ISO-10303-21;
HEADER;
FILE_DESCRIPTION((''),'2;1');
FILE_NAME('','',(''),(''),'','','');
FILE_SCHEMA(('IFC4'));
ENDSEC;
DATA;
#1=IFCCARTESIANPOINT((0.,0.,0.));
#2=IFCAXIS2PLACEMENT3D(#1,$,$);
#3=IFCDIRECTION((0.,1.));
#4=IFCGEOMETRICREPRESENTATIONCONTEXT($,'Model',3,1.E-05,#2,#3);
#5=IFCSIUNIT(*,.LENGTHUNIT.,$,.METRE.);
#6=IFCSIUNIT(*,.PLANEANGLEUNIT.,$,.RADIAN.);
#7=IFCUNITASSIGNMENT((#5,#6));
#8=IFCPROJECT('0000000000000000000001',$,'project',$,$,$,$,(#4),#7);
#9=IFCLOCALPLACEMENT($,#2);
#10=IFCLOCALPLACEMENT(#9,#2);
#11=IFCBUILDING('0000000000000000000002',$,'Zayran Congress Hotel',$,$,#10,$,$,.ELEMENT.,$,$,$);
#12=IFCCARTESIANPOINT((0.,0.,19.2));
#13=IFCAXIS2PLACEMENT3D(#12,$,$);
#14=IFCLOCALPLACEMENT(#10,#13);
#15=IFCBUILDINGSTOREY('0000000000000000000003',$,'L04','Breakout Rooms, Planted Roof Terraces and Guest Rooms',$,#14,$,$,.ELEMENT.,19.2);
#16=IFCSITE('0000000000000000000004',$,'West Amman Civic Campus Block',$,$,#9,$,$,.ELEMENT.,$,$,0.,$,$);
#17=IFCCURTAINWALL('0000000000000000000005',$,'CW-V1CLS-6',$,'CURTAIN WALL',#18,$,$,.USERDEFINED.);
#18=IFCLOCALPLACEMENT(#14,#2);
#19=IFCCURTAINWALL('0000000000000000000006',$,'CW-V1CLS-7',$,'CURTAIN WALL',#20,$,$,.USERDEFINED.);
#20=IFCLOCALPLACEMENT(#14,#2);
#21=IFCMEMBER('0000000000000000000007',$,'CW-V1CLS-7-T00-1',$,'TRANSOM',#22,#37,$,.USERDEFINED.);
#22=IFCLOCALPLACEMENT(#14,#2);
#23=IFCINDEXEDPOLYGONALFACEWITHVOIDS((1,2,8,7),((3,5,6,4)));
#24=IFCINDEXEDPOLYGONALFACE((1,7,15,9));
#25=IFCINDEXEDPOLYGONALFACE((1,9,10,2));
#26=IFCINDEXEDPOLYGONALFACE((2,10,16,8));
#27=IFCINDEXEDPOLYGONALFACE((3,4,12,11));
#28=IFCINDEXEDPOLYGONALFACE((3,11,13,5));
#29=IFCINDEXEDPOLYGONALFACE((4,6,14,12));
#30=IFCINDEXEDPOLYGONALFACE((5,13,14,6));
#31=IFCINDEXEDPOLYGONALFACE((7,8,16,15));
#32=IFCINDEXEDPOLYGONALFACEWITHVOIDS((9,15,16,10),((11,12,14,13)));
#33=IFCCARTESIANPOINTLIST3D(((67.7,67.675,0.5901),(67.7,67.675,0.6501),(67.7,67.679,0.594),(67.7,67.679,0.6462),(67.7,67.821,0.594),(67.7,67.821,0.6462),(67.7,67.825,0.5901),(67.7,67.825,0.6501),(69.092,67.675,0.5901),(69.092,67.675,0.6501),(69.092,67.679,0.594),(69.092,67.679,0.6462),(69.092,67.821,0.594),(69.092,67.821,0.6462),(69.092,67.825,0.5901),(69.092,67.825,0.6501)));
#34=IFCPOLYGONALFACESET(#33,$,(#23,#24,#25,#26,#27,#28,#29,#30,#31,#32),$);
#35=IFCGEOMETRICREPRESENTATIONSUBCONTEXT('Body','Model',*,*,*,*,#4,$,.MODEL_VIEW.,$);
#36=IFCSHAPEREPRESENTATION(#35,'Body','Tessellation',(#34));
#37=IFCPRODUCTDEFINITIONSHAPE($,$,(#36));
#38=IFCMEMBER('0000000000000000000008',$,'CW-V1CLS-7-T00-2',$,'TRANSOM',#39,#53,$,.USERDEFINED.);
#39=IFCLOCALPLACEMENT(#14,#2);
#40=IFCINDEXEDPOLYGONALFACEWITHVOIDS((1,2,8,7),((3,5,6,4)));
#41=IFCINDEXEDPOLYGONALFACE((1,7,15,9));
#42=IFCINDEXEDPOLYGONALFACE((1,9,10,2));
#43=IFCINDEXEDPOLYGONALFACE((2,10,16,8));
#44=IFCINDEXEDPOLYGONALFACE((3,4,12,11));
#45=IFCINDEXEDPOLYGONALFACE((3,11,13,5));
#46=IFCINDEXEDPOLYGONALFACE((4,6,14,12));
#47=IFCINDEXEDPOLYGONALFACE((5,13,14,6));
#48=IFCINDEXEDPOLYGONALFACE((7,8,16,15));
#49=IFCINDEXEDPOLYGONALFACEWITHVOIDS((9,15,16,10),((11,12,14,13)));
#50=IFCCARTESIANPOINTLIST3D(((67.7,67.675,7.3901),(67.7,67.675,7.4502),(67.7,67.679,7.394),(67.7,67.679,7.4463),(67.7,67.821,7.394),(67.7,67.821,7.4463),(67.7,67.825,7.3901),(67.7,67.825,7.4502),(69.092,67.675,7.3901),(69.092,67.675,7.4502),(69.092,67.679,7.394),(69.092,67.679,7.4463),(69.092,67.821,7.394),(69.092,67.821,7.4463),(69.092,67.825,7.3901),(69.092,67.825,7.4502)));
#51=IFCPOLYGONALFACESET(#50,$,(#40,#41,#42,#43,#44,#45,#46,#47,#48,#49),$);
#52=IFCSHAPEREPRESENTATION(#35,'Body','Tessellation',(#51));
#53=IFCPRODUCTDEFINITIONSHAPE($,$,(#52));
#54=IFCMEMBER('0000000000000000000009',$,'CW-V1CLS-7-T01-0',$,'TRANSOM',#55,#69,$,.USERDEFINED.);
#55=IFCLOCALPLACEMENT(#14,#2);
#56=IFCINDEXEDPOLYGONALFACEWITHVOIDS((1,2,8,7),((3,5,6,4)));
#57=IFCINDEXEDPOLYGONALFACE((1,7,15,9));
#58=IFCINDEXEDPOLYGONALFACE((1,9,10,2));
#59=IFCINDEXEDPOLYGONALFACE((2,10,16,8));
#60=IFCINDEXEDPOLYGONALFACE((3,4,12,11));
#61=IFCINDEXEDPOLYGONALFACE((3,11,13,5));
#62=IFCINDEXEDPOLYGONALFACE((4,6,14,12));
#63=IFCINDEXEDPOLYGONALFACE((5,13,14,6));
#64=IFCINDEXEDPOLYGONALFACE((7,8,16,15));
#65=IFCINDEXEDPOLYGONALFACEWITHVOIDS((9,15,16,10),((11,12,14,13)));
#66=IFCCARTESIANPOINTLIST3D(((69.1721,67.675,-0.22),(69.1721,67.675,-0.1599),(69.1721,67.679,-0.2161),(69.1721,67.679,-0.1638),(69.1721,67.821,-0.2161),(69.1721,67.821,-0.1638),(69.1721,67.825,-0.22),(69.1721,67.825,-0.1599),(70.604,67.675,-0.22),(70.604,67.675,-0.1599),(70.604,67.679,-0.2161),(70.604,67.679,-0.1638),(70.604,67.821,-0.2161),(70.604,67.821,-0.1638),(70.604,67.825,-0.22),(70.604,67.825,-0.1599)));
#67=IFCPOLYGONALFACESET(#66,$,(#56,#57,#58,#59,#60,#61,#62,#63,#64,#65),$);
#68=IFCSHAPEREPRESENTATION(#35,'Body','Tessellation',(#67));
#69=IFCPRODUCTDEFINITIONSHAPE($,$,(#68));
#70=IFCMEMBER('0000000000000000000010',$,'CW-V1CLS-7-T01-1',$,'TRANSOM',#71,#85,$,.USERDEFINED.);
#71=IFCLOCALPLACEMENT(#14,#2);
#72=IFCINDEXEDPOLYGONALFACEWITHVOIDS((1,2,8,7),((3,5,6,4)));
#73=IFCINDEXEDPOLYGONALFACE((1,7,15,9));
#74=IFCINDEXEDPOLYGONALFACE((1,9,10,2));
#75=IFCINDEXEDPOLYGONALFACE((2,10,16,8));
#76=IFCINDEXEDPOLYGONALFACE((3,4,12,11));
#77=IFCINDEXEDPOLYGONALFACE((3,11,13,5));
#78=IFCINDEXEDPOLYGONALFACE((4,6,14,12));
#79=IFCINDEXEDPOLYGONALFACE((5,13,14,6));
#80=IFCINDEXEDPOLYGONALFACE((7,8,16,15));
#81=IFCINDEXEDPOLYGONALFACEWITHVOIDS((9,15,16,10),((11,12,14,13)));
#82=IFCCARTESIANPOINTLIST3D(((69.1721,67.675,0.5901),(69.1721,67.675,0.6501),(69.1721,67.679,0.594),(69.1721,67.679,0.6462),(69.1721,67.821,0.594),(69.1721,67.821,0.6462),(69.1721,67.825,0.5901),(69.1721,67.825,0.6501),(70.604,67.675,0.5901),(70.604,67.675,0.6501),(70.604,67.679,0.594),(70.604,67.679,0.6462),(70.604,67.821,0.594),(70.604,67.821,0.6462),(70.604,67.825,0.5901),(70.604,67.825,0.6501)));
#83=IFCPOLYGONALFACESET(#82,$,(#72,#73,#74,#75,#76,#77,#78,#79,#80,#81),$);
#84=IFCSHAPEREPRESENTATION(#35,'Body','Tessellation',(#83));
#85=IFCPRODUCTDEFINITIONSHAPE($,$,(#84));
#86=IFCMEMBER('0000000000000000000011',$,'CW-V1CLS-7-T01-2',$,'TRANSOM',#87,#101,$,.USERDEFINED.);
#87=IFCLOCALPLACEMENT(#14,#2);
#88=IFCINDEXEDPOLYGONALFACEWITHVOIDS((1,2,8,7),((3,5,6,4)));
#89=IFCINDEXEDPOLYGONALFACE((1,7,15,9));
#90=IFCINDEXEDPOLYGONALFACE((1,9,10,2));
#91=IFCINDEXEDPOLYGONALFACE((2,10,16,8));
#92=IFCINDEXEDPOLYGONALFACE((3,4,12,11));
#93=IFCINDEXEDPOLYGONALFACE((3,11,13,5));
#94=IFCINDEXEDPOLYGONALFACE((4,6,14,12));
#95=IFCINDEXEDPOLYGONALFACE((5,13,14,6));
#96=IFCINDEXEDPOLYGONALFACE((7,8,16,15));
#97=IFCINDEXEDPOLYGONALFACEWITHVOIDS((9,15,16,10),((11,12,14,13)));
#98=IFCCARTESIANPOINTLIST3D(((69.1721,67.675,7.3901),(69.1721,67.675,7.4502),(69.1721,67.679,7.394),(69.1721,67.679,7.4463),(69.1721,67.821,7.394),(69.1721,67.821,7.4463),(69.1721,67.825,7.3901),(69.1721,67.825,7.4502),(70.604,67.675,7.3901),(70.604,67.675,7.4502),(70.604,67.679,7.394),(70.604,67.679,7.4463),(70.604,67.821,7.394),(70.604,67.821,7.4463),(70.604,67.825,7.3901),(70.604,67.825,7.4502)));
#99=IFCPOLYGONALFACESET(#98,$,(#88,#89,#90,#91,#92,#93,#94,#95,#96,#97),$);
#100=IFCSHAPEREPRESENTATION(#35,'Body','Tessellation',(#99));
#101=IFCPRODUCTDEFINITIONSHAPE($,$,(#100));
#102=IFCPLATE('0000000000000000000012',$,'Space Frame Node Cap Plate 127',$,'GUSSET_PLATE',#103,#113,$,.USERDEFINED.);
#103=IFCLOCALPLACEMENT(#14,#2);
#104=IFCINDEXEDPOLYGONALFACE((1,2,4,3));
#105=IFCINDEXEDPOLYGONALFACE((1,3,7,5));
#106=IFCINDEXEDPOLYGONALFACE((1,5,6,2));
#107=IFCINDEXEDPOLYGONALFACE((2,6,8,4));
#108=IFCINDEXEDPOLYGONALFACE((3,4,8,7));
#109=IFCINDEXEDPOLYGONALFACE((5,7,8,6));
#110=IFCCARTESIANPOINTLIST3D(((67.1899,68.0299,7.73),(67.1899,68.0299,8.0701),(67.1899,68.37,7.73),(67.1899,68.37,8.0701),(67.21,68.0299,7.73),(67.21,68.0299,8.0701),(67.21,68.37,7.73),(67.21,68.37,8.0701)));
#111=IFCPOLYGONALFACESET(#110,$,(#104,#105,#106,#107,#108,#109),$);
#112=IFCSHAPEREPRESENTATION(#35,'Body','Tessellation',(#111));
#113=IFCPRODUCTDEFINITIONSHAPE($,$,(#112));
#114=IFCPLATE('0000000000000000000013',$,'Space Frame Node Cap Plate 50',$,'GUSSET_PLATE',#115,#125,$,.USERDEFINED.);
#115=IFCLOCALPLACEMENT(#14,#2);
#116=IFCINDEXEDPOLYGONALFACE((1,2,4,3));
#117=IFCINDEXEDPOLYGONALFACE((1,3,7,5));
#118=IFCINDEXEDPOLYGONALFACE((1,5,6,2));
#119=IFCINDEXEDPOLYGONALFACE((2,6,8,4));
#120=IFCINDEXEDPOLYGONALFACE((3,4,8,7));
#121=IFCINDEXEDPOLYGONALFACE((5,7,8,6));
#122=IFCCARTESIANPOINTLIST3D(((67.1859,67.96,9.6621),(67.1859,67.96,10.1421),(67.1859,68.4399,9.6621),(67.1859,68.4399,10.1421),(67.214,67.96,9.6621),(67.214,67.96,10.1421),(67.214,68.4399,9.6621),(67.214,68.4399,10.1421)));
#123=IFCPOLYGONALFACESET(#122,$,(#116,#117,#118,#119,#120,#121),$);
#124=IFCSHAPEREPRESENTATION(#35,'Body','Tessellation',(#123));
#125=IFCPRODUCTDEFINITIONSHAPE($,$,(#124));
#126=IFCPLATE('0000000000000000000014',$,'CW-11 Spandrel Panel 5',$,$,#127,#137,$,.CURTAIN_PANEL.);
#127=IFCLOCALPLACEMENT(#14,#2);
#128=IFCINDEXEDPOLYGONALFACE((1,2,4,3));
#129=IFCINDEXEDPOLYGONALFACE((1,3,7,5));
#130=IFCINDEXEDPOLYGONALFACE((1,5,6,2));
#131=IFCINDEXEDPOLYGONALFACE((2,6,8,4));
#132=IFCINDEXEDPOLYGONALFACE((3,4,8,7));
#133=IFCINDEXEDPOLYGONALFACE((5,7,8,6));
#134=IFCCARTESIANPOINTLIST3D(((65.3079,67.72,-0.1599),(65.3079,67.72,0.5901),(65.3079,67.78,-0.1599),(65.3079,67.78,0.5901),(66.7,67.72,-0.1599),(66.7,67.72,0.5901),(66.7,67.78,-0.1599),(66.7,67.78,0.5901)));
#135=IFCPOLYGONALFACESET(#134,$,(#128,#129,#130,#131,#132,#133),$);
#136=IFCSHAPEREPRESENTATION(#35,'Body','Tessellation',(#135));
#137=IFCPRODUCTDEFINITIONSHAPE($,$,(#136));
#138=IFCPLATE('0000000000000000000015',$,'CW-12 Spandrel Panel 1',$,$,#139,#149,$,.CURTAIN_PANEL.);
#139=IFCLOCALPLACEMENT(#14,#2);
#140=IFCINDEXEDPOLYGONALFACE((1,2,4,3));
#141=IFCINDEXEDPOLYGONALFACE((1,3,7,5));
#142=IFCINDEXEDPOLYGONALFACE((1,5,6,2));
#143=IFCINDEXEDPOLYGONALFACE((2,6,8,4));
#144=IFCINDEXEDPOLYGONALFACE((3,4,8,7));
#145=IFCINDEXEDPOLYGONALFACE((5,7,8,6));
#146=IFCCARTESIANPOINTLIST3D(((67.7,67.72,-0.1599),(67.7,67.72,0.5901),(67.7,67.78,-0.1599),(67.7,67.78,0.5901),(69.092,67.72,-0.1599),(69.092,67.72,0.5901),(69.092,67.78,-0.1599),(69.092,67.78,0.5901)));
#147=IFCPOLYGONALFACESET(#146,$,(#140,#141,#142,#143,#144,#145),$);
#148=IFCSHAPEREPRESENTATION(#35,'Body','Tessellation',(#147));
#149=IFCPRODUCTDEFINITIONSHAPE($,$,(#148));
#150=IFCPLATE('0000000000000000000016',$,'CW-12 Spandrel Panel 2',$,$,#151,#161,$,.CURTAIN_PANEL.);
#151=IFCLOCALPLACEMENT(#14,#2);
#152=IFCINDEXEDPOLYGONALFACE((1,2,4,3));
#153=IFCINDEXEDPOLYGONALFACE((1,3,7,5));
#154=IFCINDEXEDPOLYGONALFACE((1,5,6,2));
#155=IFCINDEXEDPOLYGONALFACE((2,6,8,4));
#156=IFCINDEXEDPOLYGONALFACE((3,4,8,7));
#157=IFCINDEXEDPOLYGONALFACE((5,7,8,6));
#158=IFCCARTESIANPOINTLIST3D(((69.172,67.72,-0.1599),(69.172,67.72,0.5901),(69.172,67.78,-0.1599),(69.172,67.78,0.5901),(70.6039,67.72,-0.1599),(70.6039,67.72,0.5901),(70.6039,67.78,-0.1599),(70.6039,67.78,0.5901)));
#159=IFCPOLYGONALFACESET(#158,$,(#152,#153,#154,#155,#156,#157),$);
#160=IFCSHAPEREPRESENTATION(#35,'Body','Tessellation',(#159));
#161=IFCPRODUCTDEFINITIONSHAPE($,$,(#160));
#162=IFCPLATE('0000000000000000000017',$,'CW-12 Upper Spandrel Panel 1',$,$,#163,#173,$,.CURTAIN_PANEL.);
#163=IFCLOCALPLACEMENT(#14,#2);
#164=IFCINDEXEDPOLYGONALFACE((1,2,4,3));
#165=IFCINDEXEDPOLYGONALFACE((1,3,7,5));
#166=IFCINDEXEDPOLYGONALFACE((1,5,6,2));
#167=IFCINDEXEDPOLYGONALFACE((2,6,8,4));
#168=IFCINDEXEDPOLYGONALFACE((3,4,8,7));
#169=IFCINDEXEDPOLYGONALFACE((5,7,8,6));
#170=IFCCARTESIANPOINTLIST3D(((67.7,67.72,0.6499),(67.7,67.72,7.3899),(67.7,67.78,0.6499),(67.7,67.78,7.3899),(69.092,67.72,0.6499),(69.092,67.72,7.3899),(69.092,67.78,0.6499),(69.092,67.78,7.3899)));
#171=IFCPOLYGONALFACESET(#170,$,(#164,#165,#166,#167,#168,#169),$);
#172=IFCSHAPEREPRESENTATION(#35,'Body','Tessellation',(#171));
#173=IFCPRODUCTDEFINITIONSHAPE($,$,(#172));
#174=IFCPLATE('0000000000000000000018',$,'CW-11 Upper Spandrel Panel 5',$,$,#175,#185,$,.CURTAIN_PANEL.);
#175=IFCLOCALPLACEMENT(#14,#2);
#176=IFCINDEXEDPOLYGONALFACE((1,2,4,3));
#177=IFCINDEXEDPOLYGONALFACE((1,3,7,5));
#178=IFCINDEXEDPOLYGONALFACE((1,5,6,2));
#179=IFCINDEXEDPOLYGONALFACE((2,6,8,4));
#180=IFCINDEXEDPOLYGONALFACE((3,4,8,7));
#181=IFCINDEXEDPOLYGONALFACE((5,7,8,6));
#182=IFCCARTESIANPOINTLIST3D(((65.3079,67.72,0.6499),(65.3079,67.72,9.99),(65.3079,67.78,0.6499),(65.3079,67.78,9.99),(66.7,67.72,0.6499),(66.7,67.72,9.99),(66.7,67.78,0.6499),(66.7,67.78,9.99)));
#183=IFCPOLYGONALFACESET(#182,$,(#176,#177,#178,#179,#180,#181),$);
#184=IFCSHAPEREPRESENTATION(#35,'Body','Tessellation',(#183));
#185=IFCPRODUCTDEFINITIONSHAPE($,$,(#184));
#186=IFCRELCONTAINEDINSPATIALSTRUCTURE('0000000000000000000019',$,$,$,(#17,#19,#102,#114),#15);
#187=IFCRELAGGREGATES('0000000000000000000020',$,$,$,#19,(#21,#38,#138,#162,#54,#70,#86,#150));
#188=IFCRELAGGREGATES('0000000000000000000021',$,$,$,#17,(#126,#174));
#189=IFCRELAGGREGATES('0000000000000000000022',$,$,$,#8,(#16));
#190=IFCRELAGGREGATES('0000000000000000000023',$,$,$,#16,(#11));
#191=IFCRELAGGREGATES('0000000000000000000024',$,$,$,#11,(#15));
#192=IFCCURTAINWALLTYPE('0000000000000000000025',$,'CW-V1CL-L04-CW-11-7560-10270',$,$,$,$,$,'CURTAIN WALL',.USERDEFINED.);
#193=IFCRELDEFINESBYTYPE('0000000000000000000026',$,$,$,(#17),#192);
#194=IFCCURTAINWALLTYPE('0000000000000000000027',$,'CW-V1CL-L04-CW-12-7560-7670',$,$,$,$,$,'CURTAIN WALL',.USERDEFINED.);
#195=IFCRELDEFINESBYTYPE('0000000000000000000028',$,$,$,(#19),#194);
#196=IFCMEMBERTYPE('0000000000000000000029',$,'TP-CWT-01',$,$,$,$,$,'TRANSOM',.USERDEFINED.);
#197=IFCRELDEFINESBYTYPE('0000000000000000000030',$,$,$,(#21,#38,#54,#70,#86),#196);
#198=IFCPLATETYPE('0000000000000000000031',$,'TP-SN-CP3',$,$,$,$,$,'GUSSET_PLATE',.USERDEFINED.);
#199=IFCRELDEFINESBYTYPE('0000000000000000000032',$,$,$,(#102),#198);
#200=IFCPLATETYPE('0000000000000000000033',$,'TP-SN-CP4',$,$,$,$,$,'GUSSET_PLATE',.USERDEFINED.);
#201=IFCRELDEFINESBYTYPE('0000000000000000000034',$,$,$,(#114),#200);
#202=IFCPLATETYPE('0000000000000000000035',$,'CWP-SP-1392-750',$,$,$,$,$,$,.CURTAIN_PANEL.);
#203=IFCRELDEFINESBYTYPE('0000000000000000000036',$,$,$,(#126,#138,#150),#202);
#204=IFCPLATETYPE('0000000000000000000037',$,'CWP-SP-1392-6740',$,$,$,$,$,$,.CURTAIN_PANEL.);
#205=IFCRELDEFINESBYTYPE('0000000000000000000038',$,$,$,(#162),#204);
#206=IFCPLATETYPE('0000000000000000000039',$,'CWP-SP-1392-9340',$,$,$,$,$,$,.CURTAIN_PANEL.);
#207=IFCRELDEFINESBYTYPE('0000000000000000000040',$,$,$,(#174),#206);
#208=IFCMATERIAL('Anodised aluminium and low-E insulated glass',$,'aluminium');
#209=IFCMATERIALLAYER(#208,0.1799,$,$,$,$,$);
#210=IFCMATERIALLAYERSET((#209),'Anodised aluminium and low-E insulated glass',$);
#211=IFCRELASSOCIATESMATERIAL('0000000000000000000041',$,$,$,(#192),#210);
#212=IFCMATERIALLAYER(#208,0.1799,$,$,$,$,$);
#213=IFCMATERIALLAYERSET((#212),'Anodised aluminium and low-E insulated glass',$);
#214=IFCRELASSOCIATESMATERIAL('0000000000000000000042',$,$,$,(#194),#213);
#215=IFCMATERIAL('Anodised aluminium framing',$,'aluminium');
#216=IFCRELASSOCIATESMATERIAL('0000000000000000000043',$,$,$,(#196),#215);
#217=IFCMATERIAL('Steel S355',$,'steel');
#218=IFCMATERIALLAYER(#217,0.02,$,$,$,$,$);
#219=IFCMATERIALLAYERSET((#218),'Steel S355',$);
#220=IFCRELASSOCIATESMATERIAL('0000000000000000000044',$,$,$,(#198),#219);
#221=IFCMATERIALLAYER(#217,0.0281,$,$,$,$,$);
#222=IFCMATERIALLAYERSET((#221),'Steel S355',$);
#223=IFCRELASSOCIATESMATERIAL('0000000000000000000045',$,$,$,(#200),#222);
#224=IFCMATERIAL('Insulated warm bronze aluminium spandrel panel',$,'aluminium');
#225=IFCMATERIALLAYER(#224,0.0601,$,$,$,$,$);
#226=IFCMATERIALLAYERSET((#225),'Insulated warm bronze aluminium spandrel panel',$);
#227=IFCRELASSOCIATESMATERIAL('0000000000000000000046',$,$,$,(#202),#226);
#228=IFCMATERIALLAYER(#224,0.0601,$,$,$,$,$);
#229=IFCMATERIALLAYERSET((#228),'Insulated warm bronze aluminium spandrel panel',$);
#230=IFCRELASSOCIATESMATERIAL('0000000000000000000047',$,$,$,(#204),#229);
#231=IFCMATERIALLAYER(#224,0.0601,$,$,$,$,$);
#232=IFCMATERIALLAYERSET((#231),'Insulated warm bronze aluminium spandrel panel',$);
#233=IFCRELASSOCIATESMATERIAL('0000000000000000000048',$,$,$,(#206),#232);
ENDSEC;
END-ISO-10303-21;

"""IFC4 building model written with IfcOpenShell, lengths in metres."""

from ifc_helpers import new_model, si_unit, direction, frame, origin, origin_2d, place, context, subcontext, project, spatial, rectangle, hollow_rectangle, extrude, material, layer, layer_set, material_profile, profile_set, type_object, element, aggregate, save


model = new_model("IFC4")

# Units and contexts
model_context = context("Model", 3, precision=1e-05, world=origin(), true_north=direction((0.0, 1.0)))
body_context = subcontext(model_context, "Body", "Model", "MODEL_VIEW")
ifc_project = project(units=[si_unit("LENGTHUNIT", "METRE"), si_unit("PLANEANGLEUNIT", "RADIAN")], contexts=[model_context])

# Site, building, storey
site_placement = place(None, origin())
site = spatial("IfcSite", under=ifc_project, at=site_placement, Name="West Amman Civic Campus Block", CompositionType="ELEMENT", RefElevation=0.0)
building_placement = place(site_placement, origin())
building = spatial("IfcBuilding", under=site, at=building_placement, Name="Zayran Congress Hotel", CompositionType="ELEMENT")
storey_placement = place(building_placement, frame((0.0, 0.0, 19.2)))
storey = spatial("IfcBuildingStorey", under=building, at=storey_placement, Name="L04", Description="Breakout Rooms, Planted Roof Terraces and Guest Rooms", CompositionType="ELEMENT", Elevation=19.2)

# Shared definitions
ifc_material_1 = material(Name="Steel S355", Category="steel")

# Curtain walls
ifc_material_2 = material(Name="Anodised aluminium and low-E insulated glass", Category="aluminium")
ifc_layer_1 = layer(ifc_material_2, 0.1799)
ifc_layer_set_1 = layer_set([ifc_layer_1], Name="Anodised aluminium and low-E insulated glass")
curtain_wall_type_1 = type_object("IfcCurtainWallType", Name="CW-V1CL-L04-CW-11-7560-10270", ElementType="CURTAIN WALL", PredefinedType="USERDEFINED", material=ifc_layer_set_1)
curtain_wall_1_placement = place(storey_placement, origin())
curtain_wall_1 = element("IfcCurtainWall", 1, at=curtain_wall_1_placement, inside=storey, type_object=curtain_wall_type_1, Name="CW-V1CLS-6", ObjectType="CURTAIN WALL", PredefinedType="USERDEFINED")
ifc_material_3 = material(Name="Anodised aluminium framing", Category="aluminium")
ifc_layer_2 = layer(ifc_material_2, 0.1799)
ifc_layer_set_2 = layer_set([ifc_layer_2], Name="Anodised aluminium and low-E insulated glass")
curtain_wall_type_2 = type_object("IfcCurtainWallType", Name="CW-V1CL-L04-CW-12-7560-7670", ElementType="CURTAIN WALL", PredefinedType="USERDEFINED", material=ifc_layer_set_2)
curtain_wall_2_placement = place(storey_placement, origin())
curtain_wall_2 = element("IfcCurtainWall", 2, at=curtain_wall_2_placement, inside=storey, type_object=curtain_wall_type_2, Name="CW-V1CLS-7", ObjectType="CURTAIN WALL", PredefinedType="USERDEFINED")

# Members
ifc_material_profile_1 = material_profile(ifc_material_3, hollow_rectangle(XDim=0.0601, YDim=0.1499, WallThickness=0.0039, at=origin_2d()), Name="RHS 150x60x4")
ifc_profile_set_1 = profile_set([ifc_material_profile_1], Name="Anodised aluminium framing")
member_type_1 = type_object("IfcMemberType", Name="TP-CWT-01", ElementType="TRANSOM", PredefinedType="USERDEFINED", material=ifc_profile_set_1)
member_1_placement = place(storey_placement, frame((67.7, 67.75, 0.6201), z_axis=(1.0, 0.0, 0.0), x_axis=(0.0, 0.0, 1.0)))
member_1 = element("IfcMember", 3, at=member_1_placement, type_object=member_type_1, Name="CW-V1CLS-7-T00-1", ObjectType="TRANSOM", PredefinedType="USERDEFINED", context=body_context, shape_type="SweptSolid", body=[
    extrude(hollow_rectangle(XDim=0.0601, YDim=0.1499, WallThickness=0.0039, at=origin_2d()), origin(), (0.0, 0.0, 1.0), 1.3921),
])
member_2_placement = place(storey_placement, frame((67.7, 67.75, 7.4202), z_axis=(1.0, 0.0, 0.0), x_axis=(0.0, 0.0, 1.0)))
member_2 = element("IfcMember", 4, at=member_2_placement, type_object=member_type_1, Name="CW-V1CLS-7-T00-2", ObjectType="TRANSOM", PredefinedType="USERDEFINED", context=body_context, shape_type="SweptSolid", body=[
    extrude(hollow_rectangle(XDim=0.0601, YDim=0.1499, WallThickness=0.0039, at=origin_2d()), origin(), (0.0, 0.0, 1.0), 1.3921),
])
member_3_placement = place(storey_placement, frame((69.1721, 67.75, -0.1899), z_axis=(1.0, 0.0, 0.0), x_axis=(0.0, 0.0, 1.0)))
member_3 = element("IfcMember", 5, at=member_3_placement, type_object=member_type_1, Name="CW-V1CLS-7-T01-0", ObjectType="TRANSOM", PredefinedType="USERDEFINED", context=body_context, shape_type="SweptSolid", body=[
    extrude(hollow_rectangle(XDim=0.0601, YDim=0.1499, WallThickness=0.0039, at=origin_2d()), origin(), (0.0, 0.0, 1.0), 1.4319),
])
member_4_placement = place(storey_placement, frame((69.1721, 67.75, 0.6201), z_axis=(1.0, 0.0, 0.0), x_axis=(0.0, 0.0, 1.0)))
member_4 = element("IfcMember", 6, at=member_4_placement, type_object=member_type_1, Name="CW-V1CLS-7-T01-1", ObjectType="TRANSOM", PredefinedType="USERDEFINED", context=body_context, shape_type="SweptSolid", body=[
    extrude(hollow_rectangle(XDim=0.0601, YDim=0.1499, WallThickness=0.0039, at=origin_2d()), origin(), (0.0, 0.0, 1.0), 1.4319),
])
member_5_placement = place(storey_placement, frame((69.1721, 67.75, 7.4202), z_axis=(1.0, 0.0, 0.0), x_axis=(0.0, 0.0, 1.0)))
member_5 = element("IfcMember", 7, at=member_5_placement, type_object=member_type_1, Name="CW-V1CLS-7-T01-2", ObjectType="TRANSOM", PredefinedType="USERDEFINED", context=body_context, shape_type="SweptSolid", body=[
    extrude(hollow_rectangle(XDim=0.0601, YDim=0.1499, WallThickness=0.0039, at=origin_2d()), origin(), (0.0, 0.0, 1.0), 1.4319),
])

# Plates
ifc_layer_3 = layer(ifc_material_1, 0.02)
ifc_layer_set_3 = layer_set([ifc_layer_3], Name="Steel S355")
plate_type_1 = type_object("IfcPlateType", Name="TP-SN-CP3", ElementType="GUSSET_PLATE", PredefinedType="USERDEFINED", material=ifc_layer_set_3)
plate_1_placement = place(storey_placement, frame((67.2, 68.2, 7.73), z_axis=(0.0, 0.0, 1.0), x_axis=(0.0, 1.0, 0.0)))
element("IfcPlate", 8, at=plate_1_placement, inside=storey, type_object=plate_type_1, Name="Space Frame Node Cap Plate 127", ObjectType="GUSSET_PLATE", PredefinedType="USERDEFINED", context=body_context, shape_type="SweptSolid", body=[
    extrude(rectangle(XDim=0.3401, YDim=0.02, at=origin_2d()), origin(), (0.0, 0.0, 1.0), 0.3401),
])
ifc_layer_4 = layer(ifc_material_1, 0.0281)
ifc_layer_set_4 = layer_set([ifc_layer_4], Name="Steel S355")
plate_type_2 = type_object("IfcPlateType", Name="TP-SN-CP4", ElementType="GUSSET_PLATE", PredefinedType="USERDEFINED", material=ifc_layer_set_4)
plate_2_placement = place(storey_placement, frame((67.2, 68.2, 9.6621), z_axis=(0.0, 0.0, 1.0), x_axis=(0.0, 1.0, 0.0)))
element("IfcPlate", 9, at=plate_2_placement, inside=storey, type_object=plate_type_2, Name="Space Frame Node Cap Plate 50", ObjectType="GUSSET_PLATE", PredefinedType="USERDEFINED", context=body_context, shape_type="SweptSolid", body=[
    extrude(rectangle(XDim=0.48, YDim=0.0281, at=origin_2d()), origin(), (0.0, 0.0, 1.0), 0.48),
])

# Plates
ifc_material_4 = material(Name="Insulated warm bronze aluminium spandrel panel", Category="aluminium")
ifc_layer_5 = layer(ifc_material_4, 0.0601)
ifc_layer_set_5 = layer_set([ifc_layer_5], Name="Insulated warm bronze aluminium spandrel panel")
plate_type_3 = type_object("IfcPlateType", Name="CWP-SP-1392-750", PredefinedType="CURTAIN_PANEL", material=ifc_layer_set_5)
plate_3_placement = place(storey_placement, frame((66.0039, 67.75, -0.1599), z_axis=(0.0, 0.0, 1.0), x_axis=(1.0, 0.0, 0.0)))
plate_3 = element("IfcPlate", 10, at=plate_3_placement, type_object=plate_type_3, Name="CW-11 Spandrel Panel 5", PredefinedType="CURTAIN_PANEL", context=body_context, shape_type="SweptSolid", body=[
    extrude(rectangle(XDim=1.3921, YDim=0.0601, at=origin_2d()), origin(), (0.0, 0.0, 1.0), 0.75),
])
plate_4_placement = place(storey_placement, frame((68.396, 67.75, -0.1599), z_axis=(0.0, 0.0, 1.0), x_axis=(1.0, 0.0, 0.0)))
plate_4 = element("IfcPlate", 11, at=plate_4_placement, type_object=plate_type_3, Name="CW-12 Spandrel Panel 1", PredefinedType="CURTAIN_PANEL", context=body_context, shape_type="SweptSolid", body=[
    extrude(rectangle(XDim=1.3921, YDim=0.0601, at=origin_2d()), origin(), (0.0, 0.0, 1.0), 0.75),
])
plate_5_placement = place(storey_placement, frame((69.8879, 67.75, -0.1599), z_axis=(0.0, 0.0, 1.0), x_axis=(1.0, 0.0, 0.0)))
plate_5 = element("IfcPlate", 12, at=plate_5_placement, type_object=plate_type_3, Name="CW-12 Spandrel Panel 2", PredefinedType="CURTAIN_PANEL", context=body_context, shape_type="SweptSolid", body=[
    extrude(rectangle(XDim=1.4319, YDim=0.0601, at=origin_2d()), origin(), (0.0, 0.0, 1.0), 0.75),
])
ifc_layer_6 = layer(ifc_material_4, 0.0601)
ifc_layer_set_6 = layer_set([ifc_layer_6], Name="Insulated warm bronze aluminium spandrel panel")
plate_type_4 = type_object("IfcPlateType", Name="CWP-SP-1392-6740", PredefinedType="CURTAIN_PANEL", material=ifc_layer_set_6)
plate_6_placement = place(storey_placement, frame((68.396, 67.75, 0.6499), z_axis=(0.0, 0.0, 1.0), x_axis=(1.0, 0.0, 0.0)))
plate_6 = element("IfcPlate", 13, at=plate_6_placement, type_object=plate_type_4, Name="CW-12 Upper Spandrel Panel 1", PredefinedType="CURTAIN_PANEL", context=body_context, shape_type="SweptSolid", body=[
    extrude(rectangle(XDim=1.3921, YDim=0.0601, at=origin_2d()), origin(), (0.0, 0.0, 1.0), 6.74),
])
aggregate(curtain_wall_2, [member_1, member_2, plate_4, plate_6, member_3, member_4, member_5, plate_5])
ifc_layer_7 = layer(ifc_material_4, 0.0601)
ifc_layer_set_7 = layer_set([ifc_layer_7], Name="Insulated warm bronze aluminium spandrel panel")
plate_type_5 = type_object("IfcPlateType", Name="CWP-SP-1392-9340", PredefinedType="CURTAIN_PANEL", material=ifc_layer_set_7)
plate_7_placement = place(storey_placement, frame((66.0039, 67.75, 0.6499), z_axis=(0.0, 0.0, 1.0), x_axis=(1.0, 0.0, 0.0)))
plate_7 = element("IfcPlate", 14, at=plate_7_placement, type_object=plate_type_5, Name="CW-11 Upper Spandrel Panel 5", PredefinedType="CURTAIN_PANEL", context=body_context, shape_type="SweptSolid", body=[
    extrude(rectangle(XDim=1.3921, YDim=0.0601, at=origin_2d()), origin(), (0.0, 0.0, 1.0), 9.3401),
])
aggregate(curtain_wall_1, [plate_3, plate_7])

save(model, "model.ifc")
